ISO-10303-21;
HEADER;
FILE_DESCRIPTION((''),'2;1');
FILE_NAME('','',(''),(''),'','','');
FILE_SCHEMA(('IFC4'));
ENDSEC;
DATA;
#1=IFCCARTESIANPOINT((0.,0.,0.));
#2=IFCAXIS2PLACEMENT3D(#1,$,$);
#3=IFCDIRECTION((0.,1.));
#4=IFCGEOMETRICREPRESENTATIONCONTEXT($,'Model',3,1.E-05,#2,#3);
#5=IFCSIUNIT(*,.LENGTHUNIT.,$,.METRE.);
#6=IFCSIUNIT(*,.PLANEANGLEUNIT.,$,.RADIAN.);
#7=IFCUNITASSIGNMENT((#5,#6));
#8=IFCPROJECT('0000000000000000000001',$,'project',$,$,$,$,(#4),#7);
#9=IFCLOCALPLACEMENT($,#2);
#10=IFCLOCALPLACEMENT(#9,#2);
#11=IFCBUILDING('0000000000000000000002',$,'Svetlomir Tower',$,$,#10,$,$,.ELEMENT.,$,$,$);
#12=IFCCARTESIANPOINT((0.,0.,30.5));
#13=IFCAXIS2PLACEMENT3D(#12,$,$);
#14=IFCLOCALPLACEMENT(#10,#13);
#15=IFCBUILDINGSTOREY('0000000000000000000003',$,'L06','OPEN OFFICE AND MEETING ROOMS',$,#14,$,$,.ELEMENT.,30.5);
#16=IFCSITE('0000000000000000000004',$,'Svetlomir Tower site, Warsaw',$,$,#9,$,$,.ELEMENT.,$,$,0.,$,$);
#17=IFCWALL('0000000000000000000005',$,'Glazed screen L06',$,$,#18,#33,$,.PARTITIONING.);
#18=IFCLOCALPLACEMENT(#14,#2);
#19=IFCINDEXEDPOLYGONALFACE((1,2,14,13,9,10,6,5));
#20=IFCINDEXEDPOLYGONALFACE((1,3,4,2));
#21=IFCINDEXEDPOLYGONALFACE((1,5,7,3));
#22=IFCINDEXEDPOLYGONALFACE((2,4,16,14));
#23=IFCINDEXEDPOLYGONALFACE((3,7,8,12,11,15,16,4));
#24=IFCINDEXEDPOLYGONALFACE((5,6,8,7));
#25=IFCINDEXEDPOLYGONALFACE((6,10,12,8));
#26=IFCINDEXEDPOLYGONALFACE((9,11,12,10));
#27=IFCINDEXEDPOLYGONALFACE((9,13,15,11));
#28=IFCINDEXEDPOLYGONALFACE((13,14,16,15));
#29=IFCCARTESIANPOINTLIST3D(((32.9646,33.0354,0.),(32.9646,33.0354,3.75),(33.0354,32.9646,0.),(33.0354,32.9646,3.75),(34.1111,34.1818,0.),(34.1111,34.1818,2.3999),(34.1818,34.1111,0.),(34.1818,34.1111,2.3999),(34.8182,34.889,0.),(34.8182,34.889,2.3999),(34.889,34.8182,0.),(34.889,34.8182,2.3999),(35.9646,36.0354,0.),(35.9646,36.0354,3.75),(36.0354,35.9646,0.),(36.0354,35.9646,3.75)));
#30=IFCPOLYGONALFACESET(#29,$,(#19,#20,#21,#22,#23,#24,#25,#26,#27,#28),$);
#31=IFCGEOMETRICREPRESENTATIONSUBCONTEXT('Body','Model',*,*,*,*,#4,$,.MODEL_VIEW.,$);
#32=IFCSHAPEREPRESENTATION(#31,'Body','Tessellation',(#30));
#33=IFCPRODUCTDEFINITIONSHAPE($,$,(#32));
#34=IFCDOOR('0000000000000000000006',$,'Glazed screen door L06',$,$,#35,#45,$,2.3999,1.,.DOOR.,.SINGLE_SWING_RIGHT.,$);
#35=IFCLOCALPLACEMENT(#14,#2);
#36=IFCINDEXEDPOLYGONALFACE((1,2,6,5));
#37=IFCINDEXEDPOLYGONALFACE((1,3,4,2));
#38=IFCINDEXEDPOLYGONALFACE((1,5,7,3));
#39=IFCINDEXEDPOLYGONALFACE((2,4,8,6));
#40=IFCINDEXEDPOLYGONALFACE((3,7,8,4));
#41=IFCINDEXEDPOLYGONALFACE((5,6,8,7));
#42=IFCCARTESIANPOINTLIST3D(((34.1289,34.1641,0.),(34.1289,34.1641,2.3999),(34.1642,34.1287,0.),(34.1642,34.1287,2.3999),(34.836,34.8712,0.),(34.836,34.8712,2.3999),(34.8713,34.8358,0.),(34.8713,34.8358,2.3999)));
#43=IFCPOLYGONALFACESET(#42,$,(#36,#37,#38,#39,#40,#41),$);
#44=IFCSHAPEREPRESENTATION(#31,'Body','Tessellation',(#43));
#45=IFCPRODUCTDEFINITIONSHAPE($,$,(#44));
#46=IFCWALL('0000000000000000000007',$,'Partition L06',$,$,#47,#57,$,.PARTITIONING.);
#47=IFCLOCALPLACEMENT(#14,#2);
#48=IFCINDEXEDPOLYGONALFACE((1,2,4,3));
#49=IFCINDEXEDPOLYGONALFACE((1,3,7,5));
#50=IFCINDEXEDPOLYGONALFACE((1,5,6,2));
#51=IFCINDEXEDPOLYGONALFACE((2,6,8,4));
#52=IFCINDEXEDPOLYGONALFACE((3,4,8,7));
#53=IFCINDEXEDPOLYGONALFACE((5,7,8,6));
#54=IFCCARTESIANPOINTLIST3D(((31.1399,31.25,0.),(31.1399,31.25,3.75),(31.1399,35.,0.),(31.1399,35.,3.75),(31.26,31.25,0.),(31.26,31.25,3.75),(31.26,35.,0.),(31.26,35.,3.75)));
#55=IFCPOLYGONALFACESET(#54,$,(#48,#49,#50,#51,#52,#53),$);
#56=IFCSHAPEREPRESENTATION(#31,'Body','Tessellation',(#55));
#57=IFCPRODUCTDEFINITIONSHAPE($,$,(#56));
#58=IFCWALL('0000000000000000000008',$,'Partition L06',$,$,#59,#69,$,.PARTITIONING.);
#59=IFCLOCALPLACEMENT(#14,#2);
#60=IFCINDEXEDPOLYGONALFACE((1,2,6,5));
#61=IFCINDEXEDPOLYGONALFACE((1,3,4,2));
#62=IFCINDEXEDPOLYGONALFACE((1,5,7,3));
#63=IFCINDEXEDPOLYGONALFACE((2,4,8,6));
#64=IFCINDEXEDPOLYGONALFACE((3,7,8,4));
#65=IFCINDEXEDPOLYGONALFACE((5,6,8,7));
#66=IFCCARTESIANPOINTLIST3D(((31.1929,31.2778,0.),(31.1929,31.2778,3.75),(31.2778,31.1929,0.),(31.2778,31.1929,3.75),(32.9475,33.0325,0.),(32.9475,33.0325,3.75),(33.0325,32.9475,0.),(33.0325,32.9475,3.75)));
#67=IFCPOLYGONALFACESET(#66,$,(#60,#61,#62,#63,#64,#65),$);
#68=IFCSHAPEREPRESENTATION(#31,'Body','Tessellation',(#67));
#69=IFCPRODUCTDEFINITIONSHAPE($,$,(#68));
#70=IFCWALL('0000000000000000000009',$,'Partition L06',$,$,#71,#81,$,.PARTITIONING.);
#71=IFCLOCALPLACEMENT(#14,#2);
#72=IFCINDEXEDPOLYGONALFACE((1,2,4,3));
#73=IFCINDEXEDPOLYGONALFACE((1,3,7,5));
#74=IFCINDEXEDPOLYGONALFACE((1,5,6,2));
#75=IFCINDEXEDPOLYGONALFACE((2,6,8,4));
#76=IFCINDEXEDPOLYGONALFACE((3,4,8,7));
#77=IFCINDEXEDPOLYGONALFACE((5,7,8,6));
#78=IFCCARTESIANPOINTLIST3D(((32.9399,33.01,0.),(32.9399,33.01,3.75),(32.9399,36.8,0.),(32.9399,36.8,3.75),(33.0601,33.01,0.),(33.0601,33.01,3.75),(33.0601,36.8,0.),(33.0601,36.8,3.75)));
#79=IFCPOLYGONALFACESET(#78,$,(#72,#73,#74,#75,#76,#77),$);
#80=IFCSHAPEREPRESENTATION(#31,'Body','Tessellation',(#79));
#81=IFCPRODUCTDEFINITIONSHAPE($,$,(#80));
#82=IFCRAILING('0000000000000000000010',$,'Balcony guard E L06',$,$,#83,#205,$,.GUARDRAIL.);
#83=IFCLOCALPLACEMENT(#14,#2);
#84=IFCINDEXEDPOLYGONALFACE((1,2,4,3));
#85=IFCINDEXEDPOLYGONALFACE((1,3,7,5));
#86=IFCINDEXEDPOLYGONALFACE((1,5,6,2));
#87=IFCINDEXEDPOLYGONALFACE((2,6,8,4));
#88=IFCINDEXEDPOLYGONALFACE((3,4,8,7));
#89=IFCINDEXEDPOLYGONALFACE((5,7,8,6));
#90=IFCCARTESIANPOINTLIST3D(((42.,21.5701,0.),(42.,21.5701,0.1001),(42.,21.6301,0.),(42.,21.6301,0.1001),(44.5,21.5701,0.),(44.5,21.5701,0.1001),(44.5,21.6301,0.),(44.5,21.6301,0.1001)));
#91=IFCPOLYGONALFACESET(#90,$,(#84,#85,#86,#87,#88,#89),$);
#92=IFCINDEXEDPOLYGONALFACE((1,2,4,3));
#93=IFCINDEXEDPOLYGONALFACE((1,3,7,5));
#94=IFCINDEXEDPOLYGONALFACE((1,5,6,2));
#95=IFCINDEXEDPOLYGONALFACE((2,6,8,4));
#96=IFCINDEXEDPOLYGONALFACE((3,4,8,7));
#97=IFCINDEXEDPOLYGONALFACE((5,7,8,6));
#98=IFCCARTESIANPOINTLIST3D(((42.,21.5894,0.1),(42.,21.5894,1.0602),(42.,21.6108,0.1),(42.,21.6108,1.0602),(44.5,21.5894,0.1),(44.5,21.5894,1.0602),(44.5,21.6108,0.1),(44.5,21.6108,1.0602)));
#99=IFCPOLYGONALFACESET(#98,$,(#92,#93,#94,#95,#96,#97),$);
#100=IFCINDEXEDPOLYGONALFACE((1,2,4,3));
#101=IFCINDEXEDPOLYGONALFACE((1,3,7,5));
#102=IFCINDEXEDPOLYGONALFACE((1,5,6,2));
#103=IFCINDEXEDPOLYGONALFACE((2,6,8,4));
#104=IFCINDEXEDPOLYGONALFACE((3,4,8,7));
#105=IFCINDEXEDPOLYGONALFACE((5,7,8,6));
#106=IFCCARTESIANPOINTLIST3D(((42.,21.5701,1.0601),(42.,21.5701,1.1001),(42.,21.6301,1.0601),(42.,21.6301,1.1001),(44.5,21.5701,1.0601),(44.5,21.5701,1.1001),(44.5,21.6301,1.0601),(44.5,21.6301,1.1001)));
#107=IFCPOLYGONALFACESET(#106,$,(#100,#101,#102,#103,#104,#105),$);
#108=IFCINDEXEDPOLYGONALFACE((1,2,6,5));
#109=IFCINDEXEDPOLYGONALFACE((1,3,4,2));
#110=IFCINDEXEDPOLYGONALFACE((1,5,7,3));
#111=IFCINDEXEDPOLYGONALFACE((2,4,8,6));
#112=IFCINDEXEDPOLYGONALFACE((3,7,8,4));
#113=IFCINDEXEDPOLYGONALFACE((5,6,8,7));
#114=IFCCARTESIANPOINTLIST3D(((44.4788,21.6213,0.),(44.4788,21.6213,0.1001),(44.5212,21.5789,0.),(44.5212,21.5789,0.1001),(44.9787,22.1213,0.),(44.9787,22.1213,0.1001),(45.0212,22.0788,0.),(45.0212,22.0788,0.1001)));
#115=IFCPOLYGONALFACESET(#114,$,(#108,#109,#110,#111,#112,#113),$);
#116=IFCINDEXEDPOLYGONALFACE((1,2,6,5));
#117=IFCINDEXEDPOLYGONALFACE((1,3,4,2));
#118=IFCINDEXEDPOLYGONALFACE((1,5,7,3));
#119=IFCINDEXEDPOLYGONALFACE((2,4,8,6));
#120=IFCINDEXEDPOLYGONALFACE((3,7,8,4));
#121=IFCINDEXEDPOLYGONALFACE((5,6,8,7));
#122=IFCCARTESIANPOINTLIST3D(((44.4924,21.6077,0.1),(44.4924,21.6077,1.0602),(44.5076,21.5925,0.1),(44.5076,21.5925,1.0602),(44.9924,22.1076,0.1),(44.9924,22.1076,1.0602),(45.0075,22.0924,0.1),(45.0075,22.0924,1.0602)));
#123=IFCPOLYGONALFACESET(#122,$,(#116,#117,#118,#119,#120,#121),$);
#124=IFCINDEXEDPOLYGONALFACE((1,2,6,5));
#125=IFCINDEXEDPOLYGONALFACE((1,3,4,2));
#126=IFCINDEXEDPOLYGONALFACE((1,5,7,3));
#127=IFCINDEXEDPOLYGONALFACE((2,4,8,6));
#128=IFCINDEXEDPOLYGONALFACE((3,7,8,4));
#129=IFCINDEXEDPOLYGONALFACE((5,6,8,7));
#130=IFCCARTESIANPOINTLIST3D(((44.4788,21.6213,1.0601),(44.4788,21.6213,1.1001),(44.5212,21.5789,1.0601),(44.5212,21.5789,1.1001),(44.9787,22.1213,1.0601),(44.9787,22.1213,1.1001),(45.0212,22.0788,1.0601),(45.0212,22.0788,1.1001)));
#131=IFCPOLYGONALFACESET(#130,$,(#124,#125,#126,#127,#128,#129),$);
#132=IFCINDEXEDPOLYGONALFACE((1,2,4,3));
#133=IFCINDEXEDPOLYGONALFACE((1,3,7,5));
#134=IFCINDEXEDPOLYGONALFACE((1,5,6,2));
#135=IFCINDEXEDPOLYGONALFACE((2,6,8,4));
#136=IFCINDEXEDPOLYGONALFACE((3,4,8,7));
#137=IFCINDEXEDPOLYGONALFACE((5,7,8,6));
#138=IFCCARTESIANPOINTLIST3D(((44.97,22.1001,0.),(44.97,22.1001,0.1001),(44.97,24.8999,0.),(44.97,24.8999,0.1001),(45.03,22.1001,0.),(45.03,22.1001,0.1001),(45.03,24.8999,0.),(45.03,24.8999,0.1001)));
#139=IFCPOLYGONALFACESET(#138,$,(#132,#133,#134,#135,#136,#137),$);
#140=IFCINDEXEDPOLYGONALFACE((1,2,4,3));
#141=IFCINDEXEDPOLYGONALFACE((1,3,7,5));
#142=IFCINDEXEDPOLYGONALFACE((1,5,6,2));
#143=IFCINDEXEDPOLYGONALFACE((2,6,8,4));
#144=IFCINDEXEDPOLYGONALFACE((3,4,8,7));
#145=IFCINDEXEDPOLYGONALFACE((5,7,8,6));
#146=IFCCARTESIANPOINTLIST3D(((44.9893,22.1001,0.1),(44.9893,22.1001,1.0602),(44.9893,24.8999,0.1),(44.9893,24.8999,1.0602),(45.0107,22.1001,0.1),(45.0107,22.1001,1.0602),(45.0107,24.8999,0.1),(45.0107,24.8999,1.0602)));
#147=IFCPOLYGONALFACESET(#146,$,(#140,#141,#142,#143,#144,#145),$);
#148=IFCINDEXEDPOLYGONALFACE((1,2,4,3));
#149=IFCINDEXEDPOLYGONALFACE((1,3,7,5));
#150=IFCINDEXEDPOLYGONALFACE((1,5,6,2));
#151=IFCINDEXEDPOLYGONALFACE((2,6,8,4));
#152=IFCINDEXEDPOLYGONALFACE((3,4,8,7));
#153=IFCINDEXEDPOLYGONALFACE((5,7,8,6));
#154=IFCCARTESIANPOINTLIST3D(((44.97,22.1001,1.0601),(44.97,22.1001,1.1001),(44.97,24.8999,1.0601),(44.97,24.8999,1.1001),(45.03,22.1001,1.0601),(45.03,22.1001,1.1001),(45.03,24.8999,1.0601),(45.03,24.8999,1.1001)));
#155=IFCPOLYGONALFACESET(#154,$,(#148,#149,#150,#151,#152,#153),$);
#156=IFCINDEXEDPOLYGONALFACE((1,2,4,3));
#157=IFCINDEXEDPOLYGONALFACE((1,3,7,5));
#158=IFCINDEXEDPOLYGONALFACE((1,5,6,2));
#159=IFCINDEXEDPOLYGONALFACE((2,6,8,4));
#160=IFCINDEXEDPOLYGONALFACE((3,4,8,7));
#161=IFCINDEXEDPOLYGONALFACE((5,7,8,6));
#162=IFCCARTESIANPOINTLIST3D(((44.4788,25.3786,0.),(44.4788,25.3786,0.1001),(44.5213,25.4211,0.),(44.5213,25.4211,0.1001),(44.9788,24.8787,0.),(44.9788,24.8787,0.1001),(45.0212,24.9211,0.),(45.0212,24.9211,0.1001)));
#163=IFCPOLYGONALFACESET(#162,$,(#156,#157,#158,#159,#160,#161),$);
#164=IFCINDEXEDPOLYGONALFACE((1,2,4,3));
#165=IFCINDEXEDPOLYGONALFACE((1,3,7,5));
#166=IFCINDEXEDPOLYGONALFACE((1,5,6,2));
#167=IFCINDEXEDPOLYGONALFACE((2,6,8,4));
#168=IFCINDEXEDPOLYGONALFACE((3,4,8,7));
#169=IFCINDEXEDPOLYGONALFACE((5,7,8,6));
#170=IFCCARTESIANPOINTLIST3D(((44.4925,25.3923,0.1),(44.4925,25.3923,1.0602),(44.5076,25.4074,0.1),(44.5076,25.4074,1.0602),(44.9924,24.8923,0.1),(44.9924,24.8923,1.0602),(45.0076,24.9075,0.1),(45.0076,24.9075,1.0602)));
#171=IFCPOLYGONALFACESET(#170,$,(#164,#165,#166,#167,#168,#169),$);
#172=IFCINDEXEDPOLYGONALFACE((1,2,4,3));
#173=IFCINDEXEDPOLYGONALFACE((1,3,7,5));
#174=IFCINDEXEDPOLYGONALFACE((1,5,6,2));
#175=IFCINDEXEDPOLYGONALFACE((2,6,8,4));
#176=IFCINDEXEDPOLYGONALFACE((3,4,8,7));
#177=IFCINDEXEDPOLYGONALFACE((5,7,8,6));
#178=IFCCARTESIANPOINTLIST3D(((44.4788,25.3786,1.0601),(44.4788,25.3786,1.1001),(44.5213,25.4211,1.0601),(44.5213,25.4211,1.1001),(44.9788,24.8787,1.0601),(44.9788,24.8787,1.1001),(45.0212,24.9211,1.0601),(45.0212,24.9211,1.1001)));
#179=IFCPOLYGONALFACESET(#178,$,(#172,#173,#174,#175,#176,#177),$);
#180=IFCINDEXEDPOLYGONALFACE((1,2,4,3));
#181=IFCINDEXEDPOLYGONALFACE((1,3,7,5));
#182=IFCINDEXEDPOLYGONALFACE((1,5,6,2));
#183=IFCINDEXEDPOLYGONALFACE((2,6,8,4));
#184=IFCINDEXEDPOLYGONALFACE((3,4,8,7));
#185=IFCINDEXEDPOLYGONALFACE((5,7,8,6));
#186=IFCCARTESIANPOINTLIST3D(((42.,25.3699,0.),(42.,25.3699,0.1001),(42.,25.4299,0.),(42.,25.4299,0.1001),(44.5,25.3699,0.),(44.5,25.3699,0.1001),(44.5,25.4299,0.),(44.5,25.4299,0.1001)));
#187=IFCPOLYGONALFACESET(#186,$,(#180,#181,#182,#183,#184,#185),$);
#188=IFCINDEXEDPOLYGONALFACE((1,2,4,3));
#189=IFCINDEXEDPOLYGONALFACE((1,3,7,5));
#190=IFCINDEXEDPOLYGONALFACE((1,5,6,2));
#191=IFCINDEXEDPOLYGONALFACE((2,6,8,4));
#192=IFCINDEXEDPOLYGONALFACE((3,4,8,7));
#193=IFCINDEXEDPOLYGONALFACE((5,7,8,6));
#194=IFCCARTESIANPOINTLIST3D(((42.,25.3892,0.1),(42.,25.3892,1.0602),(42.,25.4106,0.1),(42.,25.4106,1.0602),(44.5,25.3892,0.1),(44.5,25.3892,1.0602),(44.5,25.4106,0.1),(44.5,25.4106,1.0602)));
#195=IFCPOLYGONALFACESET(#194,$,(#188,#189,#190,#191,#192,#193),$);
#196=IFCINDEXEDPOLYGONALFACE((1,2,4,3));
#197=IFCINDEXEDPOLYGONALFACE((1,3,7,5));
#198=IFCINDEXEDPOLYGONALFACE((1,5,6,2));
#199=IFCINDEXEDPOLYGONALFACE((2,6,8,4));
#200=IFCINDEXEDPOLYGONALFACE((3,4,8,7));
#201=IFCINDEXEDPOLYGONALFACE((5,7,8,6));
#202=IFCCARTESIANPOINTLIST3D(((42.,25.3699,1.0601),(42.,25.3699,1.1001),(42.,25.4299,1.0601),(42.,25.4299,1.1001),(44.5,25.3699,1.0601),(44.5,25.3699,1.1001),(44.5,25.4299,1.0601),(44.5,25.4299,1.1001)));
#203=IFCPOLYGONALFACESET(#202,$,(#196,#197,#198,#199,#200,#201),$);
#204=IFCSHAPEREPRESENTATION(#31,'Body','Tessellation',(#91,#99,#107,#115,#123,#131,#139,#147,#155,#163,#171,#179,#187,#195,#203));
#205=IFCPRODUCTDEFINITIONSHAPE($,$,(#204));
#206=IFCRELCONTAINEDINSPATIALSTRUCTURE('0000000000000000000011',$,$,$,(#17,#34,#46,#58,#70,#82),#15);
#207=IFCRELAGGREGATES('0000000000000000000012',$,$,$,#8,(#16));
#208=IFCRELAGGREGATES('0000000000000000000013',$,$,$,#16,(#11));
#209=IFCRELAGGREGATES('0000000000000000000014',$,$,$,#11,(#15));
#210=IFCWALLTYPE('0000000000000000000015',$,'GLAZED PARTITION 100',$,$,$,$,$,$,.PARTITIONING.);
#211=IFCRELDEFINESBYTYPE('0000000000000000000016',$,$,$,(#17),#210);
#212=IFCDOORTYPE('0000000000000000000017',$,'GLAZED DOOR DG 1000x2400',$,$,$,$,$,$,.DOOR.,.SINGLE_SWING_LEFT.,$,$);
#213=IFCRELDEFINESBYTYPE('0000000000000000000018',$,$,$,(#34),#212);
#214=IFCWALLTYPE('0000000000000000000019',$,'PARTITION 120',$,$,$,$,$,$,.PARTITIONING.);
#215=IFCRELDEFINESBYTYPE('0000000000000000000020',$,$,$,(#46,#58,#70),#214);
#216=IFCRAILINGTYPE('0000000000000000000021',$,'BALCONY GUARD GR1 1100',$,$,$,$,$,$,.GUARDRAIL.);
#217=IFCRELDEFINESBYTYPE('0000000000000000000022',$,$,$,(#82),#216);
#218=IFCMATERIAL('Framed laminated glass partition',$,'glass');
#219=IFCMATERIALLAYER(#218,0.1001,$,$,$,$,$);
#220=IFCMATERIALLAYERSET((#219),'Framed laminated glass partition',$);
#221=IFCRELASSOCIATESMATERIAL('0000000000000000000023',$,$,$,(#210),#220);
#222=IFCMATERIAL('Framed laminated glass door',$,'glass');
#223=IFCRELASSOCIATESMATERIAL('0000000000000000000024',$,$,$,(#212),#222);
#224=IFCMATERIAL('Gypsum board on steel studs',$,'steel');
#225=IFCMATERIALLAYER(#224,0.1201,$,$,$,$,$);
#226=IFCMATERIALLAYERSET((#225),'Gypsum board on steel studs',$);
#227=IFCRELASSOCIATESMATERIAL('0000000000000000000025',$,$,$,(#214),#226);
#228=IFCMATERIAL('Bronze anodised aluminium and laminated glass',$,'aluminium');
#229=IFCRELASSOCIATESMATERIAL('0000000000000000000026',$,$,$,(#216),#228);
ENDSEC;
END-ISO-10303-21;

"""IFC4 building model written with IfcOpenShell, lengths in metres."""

from ifc_helpers import new_model, si_unit, direction, frame, frame_2d, origin, origin_2d, place, context, subcontext, project, spatial, rectangle, extrude, material, layer, layer_set, type_object, element, fill, save


model = new_model("IFC4")

# Units and contexts
model_context = context("Model", 3, precision=1e-05, world=origin(), true_north=direction((0.0, 1.0)))
body_context = subcontext(model_context, "Body", "Model", "MODEL_VIEW")
ifc_project = project(units=[si_unit("LENGTHUNIT", "METRE"), si_unit("PLANEANGLEUNIT", "RADIAN")], contexts=[model_context])

# Site, building, storey
site_placement = place(None, origin())
site = spatial("IfcSite", under=ifc_project, at=site_placement, Name="Svetlomir Tower site, Warsaw", CompositionType="ELEMENT", RefElevation=0.0)
building_placement = place(site_placement, origin())
building = spatial("IfcBuilding", under=site, at=building_placement, Name="Svetlomir Tower", CompositionType="ELEMENT")
storey_placement = place(building_placement, frame((0.0, 0.0, 30.5)))
storey = spatial("IfcBuildingStorey", under=building, at=storey_placement, Name="L06", Description="OPEN OFFICE AND MEETING ROOMS", CompositionType="ELEMENT", Elevation=30.5)

# Shared definitions
ifc_material_1 = material(Name="Framed laminated glass partition", Category="glass")
ifc_layer_1 = layer(ifc_material_1, 0.1001)
ifc_layer_set_1 = layer_set([ifc_layer_1], Name="Framed laminated glass partition")
wall_type_1 = type_object("IfcWallType", Name="GLAZED PARTITION 100", PredefinedType="PARTITIONING", material=ifc_layer_set_1)

# Wall, opening, door
wall_1_placement = place(storey_placement, frame((33.0, 33.0, 0.0), z_axis=(0.0, 0.0, 1.0), x_axis=(0.707107, 0.707107, 0.0)))
wall_1 = element("IfcWall", 1, at=wall_1_placement, inside=storey, type_object=wall_type_1, Name="Glazed screen L06", PredefinedType="PARTITIONING", context=body_context, shape_type="SweptSolid", body=[
    extrude(rectangle(XDim=4.2427, YDim=0.1001, at=frame_2d((2.1213, 0.0))), origin(), (0.0, 0.0, 1.0), 3.75),
])
opening_1_placement = place(wall_1_placement, frame((1.6213, 0.0, 0.0)))
opening_1 = element("IfcOpeningElement", 2, at=opening_1_placement, cuts=wall_1, PredefinedType="OPENING", context=body_context, shape_type="SweptSolid", body=[
    extrude(rectangle(XDim=1.0, YDim=2.3999, at=frame_2d((0.5, 1.2))), frame((0.0, 0.0601, 0.0), z_axis=(0.0, -1.0, 0.0), x_axis=(1.0, 0.0, 0.0)), (0.0, 0.0, 1.0), 0.1201),
])
ifc_material_2 = material(Name="Framed laminated glass door", Category="glass")
door_type_1 = type_object("IfcDoorType", Name="GLAZED DOOR DG 1000x2400", OperationType="SINGLE_SWING_LEFT", PredefinedType="DOOR", material=ifc_material_2)
door_1_placement = place(opening_1_placement, origin())
door_1 = element("IfcDoor", 3, at=door_1_placement, inside=storey, type_object=door_type_1, Name="Glazed screen door L06", OperationType="SINGLE_SWING_RIGHT", OverallHeight=2.3999, OverallWidth=1.0, PredefinedType="DOOR", context=body_context, shape_type="SweptSolid", body=[
    extrude(rectangle(XDim=1.0, YDim=2.3999, at=frame_2d((0.5, 1.2))), frame((0.0, 0.0249, 0.0), z_axis=(0.0, -1.0, 0.0), x_axis=(1.0, 0.0, 0.0)), (0.0, 0.0, 1.0), 0.05),
])
fill(opening_1, door_1)

# Walls
ifc_material_3 = material(Name="Gypsum board on steel studs", Category="steel")
ifc_layer_2 = layer(ifc_material_3, 0.1201)
ifc_layer_set_2 = layer_set([ifc_layer_2], Name="Gypsum board on steel studs")
wall_type_2 = type_object("IfcWallType", Name="PARTITION 120", PredefinedType="PARTITIONING", material=ifc_layer_set_2)
wall_2_placement = place(storey_placement, frame((31.2, 31.25, 0.0), z_axis=(0.0, 0.0, 1.0), x_axis=(0.0, 1.0, 0.0)))
element("IfcWall", 4, at=wall_2_placement, inside=storey, type_object=wall_type_2, Name="Partition L06", PredefinedType="PARTITIONING", context=body_context, shape_type="SweptSolid", body=[
    extrude(rectangle(XDim=3.75, YDim=0.1201, at=frame_2d((1.875, 0.0))), origin(), (0.0, 0.0, 1.0), 3.75),
])
wall_3_placement = place(storey_placement, frame((31.2354, 31.2354, 0.0), z_axis=(0.0, 0.0, 1.0), x_axis=(0.707107, 0.707107, 0.0)))
element("IfcWall", 5, at=wall_3_placement, inside=storey, type_object=wall_type_2, Name="Partition L06", PredefinedType="PARTITIONING", context=body_context, shape_type="SweptSolid", body=[
    extrude(rectangle(XDim=2.4814, YDim=0.1201, at=frame_2d((1.2407, 0.0))), origin(), (0.0, 0.0, 1.0), 3.75),
])
wall_4_placement = place(storey_placement, frame((33.0, 33.01, 0.0), z_axis=(0.0, 0.0, 1.0), x_axis=(0.0, 1.0, 0.0)))
element("IfcWall", 6, at=wall_4_placement, inside=storey, type_object=wall_type_2, Name="Partition L06", PredefinedType="PARTITIONING", context=body_context, shape_type="SweptSolid", body=[
    extrude(rectangle(XDim=3.79, YDim=0.1201, at=frame_2d((1.895, 0.0))), origin(), (0.0, 0.0, 1.0), 3.75),
])

# Railing
ifc_material_4 = material(Name="Bronze anodised aluminium and laminated glass", Category="aluminium")
railing_type = type_object("IfcRailingType", Name="BALCONY GUARD GR1 1100", PredefinedType="GUARDRAIL", material=ifc_material_4)
railing_placement = place(storey_placement, frame((42.0, 21.6001, 0.0)))
element("IfcRailing", 7, at=railing_placement, inside=storey, type_object=railing_type, Name="Balcony guard E L06", PredefinedType="GUARDRAIL", context=body_context, shape_type="SweptSolid", body=[
    extrude(rectangle(XDim=0.0601, YDim=0.1001, at=origin_2d()), frame((0.0, 0.0, 0.05), z_axis=(1.0, 0.0, 0.0), x_axis=(0.0, 1.0, 0.0)), (0.0, 0.0, 1.0), 2.5),
    extrude(rectangle(XDim=0.0215, YDim=0.9602, at=origin_2d()), frame((0.0, 0.0, 0.5801), z_axis=(1.0, 0.0, 0.0), x_axis=(0.0, 1.0, 0.0)), (0.0, 0.0, 1.0), 2.5),
    extrude(rectangle(XDim=0.0601, YDim=0.04, at=origin_2d()), frame((0.0, 0.0, 1.0801), z_axis=(1.0, 0.0, 0.0), x_axis=(0.0, 1.0, 0.0)), (0.0, 0.0, 1.0), 2.5),
    extrude(rectangle(XDim=0.0601, YDim=0.1001, at=origin_2d()), frame((2.5, 0.0, 0.05), z_axis=(0.707107, 0.707107, 0.0), x_axis=(-0.707107, 0.707107, 0.0)), (0.0, 0.0, 1.0), 0.707),
    extrude(rectangle(XDim=0.0215, YDim=0.9602, at=origin_2d()), frame((2.5, 0.0, 0.5801), z_axis=(0.707107, 0.707107, 0.0), x_axis=(-0.707107, 0.707107, 0.0)), (0.0, 0.0, 1.0), 0.707),
    extrude(rectangle(XDim=0.0601, YDim=0.04, at=origin_2d()), frame((2.5, 0.0, 1.0801), z_axis=(0.707107, 0.707107, 0.0), x_axis=(-0.707107, 0.707107, 0.0)), (0.0, 0.0, 1.0), 0.707),
    extrude(rectangle(XDim=0.0601, YDim=0.1001, at=origin_2d()), frame((3.0, 0.5, 0.05), z_axis=(0.0, 1.0, 0.0), x_axis=(-1.0, 0.0, 0.0)), (0.0, 0.0, 1.0), 2.7998),
    extrude(rectangle(XDim=0.0215, YDim=0.9602, at=origin_2d()), frame((3.0, 0.5, 0.5801), z_axis=(0.0, 1.0, 0.0), x_axis=(-1.0, 0.0, 0.0)), (0.0, 0.0, 1.0), 2.7998),
    extrude(rectangle(XDim=0.0601, YDim=0.04, at=origin_2d()), frame((3.0, 0.5, 1.0801), z_axis=(0.0, 1.0, 0.0), x_axis=(-1.0, 0.0, 0.0)), (0.0, 0.0, 1.0), 2.7998),
    extrude(rectangle(XDim=0.0601, YDim=0.1001, at=origin_2d()), frame((3.0, 3.2998, 0.05), z_axis=(-0.707107, 0.707107, 0.0), x_axis=(-0.707107, -0.707107, 0.0)), (0.0, 0.0, 1.0), 0.707),
    extrude(rectangle(XDim=0.0215, YDim=0.9602, at=origin_2d()), frame((3.0, 3.2998, 0.5801), z_axis=(-0.707107, 0.707107, 0.0), x_axis=(-0.707107, -0.707107, 0.0)), (0.0, 0.0, 1.0), 0.707),
    extrude(rectangle(XDim=0.0601, YDim=0.04, at=origin_2d()), frame((3.0, 3.2998, 1.0801), z_axis=(-0.707107, 0.707107, 0.0), x_axis=(-0.707107, -0.707107, 0.0)), (0.0, 0.0, 1.0), 0.707),
    extrude(rectangle(XDim=0.0601, YDim=0.1001, at=origin_2d()), frame((2.5, 3.7998, 0.05), z_axis=(-1.0, 0.0, 0.0), x_axis=(0.0, -1.0, 0.0)), (0.0, 0.0, 1.0), 2.5),
    extrude(rectangle(XDim=0.0215, YDim=0.9602, at=origin_2d()), frame((2.5, 3.7998, 0.5801), z_axis=(-1.0, 0.0, 0.0), x_axis=(0.0, -1.0, 0.0)), (0.0, 0.0, 1.0), 2.5),
    extrude(rectangle(XDim=0.0601, YDim=0.04, at=origin_2d()), frame((2.5, 3.7998, 1.0801), z_axis=(-1.0, 0.0, 0.0), x_axis=(0.0, -1.0, 0.0)), (0.0, 0.0, 1.0), 2.5),
])

save(model, "model.ifc")
